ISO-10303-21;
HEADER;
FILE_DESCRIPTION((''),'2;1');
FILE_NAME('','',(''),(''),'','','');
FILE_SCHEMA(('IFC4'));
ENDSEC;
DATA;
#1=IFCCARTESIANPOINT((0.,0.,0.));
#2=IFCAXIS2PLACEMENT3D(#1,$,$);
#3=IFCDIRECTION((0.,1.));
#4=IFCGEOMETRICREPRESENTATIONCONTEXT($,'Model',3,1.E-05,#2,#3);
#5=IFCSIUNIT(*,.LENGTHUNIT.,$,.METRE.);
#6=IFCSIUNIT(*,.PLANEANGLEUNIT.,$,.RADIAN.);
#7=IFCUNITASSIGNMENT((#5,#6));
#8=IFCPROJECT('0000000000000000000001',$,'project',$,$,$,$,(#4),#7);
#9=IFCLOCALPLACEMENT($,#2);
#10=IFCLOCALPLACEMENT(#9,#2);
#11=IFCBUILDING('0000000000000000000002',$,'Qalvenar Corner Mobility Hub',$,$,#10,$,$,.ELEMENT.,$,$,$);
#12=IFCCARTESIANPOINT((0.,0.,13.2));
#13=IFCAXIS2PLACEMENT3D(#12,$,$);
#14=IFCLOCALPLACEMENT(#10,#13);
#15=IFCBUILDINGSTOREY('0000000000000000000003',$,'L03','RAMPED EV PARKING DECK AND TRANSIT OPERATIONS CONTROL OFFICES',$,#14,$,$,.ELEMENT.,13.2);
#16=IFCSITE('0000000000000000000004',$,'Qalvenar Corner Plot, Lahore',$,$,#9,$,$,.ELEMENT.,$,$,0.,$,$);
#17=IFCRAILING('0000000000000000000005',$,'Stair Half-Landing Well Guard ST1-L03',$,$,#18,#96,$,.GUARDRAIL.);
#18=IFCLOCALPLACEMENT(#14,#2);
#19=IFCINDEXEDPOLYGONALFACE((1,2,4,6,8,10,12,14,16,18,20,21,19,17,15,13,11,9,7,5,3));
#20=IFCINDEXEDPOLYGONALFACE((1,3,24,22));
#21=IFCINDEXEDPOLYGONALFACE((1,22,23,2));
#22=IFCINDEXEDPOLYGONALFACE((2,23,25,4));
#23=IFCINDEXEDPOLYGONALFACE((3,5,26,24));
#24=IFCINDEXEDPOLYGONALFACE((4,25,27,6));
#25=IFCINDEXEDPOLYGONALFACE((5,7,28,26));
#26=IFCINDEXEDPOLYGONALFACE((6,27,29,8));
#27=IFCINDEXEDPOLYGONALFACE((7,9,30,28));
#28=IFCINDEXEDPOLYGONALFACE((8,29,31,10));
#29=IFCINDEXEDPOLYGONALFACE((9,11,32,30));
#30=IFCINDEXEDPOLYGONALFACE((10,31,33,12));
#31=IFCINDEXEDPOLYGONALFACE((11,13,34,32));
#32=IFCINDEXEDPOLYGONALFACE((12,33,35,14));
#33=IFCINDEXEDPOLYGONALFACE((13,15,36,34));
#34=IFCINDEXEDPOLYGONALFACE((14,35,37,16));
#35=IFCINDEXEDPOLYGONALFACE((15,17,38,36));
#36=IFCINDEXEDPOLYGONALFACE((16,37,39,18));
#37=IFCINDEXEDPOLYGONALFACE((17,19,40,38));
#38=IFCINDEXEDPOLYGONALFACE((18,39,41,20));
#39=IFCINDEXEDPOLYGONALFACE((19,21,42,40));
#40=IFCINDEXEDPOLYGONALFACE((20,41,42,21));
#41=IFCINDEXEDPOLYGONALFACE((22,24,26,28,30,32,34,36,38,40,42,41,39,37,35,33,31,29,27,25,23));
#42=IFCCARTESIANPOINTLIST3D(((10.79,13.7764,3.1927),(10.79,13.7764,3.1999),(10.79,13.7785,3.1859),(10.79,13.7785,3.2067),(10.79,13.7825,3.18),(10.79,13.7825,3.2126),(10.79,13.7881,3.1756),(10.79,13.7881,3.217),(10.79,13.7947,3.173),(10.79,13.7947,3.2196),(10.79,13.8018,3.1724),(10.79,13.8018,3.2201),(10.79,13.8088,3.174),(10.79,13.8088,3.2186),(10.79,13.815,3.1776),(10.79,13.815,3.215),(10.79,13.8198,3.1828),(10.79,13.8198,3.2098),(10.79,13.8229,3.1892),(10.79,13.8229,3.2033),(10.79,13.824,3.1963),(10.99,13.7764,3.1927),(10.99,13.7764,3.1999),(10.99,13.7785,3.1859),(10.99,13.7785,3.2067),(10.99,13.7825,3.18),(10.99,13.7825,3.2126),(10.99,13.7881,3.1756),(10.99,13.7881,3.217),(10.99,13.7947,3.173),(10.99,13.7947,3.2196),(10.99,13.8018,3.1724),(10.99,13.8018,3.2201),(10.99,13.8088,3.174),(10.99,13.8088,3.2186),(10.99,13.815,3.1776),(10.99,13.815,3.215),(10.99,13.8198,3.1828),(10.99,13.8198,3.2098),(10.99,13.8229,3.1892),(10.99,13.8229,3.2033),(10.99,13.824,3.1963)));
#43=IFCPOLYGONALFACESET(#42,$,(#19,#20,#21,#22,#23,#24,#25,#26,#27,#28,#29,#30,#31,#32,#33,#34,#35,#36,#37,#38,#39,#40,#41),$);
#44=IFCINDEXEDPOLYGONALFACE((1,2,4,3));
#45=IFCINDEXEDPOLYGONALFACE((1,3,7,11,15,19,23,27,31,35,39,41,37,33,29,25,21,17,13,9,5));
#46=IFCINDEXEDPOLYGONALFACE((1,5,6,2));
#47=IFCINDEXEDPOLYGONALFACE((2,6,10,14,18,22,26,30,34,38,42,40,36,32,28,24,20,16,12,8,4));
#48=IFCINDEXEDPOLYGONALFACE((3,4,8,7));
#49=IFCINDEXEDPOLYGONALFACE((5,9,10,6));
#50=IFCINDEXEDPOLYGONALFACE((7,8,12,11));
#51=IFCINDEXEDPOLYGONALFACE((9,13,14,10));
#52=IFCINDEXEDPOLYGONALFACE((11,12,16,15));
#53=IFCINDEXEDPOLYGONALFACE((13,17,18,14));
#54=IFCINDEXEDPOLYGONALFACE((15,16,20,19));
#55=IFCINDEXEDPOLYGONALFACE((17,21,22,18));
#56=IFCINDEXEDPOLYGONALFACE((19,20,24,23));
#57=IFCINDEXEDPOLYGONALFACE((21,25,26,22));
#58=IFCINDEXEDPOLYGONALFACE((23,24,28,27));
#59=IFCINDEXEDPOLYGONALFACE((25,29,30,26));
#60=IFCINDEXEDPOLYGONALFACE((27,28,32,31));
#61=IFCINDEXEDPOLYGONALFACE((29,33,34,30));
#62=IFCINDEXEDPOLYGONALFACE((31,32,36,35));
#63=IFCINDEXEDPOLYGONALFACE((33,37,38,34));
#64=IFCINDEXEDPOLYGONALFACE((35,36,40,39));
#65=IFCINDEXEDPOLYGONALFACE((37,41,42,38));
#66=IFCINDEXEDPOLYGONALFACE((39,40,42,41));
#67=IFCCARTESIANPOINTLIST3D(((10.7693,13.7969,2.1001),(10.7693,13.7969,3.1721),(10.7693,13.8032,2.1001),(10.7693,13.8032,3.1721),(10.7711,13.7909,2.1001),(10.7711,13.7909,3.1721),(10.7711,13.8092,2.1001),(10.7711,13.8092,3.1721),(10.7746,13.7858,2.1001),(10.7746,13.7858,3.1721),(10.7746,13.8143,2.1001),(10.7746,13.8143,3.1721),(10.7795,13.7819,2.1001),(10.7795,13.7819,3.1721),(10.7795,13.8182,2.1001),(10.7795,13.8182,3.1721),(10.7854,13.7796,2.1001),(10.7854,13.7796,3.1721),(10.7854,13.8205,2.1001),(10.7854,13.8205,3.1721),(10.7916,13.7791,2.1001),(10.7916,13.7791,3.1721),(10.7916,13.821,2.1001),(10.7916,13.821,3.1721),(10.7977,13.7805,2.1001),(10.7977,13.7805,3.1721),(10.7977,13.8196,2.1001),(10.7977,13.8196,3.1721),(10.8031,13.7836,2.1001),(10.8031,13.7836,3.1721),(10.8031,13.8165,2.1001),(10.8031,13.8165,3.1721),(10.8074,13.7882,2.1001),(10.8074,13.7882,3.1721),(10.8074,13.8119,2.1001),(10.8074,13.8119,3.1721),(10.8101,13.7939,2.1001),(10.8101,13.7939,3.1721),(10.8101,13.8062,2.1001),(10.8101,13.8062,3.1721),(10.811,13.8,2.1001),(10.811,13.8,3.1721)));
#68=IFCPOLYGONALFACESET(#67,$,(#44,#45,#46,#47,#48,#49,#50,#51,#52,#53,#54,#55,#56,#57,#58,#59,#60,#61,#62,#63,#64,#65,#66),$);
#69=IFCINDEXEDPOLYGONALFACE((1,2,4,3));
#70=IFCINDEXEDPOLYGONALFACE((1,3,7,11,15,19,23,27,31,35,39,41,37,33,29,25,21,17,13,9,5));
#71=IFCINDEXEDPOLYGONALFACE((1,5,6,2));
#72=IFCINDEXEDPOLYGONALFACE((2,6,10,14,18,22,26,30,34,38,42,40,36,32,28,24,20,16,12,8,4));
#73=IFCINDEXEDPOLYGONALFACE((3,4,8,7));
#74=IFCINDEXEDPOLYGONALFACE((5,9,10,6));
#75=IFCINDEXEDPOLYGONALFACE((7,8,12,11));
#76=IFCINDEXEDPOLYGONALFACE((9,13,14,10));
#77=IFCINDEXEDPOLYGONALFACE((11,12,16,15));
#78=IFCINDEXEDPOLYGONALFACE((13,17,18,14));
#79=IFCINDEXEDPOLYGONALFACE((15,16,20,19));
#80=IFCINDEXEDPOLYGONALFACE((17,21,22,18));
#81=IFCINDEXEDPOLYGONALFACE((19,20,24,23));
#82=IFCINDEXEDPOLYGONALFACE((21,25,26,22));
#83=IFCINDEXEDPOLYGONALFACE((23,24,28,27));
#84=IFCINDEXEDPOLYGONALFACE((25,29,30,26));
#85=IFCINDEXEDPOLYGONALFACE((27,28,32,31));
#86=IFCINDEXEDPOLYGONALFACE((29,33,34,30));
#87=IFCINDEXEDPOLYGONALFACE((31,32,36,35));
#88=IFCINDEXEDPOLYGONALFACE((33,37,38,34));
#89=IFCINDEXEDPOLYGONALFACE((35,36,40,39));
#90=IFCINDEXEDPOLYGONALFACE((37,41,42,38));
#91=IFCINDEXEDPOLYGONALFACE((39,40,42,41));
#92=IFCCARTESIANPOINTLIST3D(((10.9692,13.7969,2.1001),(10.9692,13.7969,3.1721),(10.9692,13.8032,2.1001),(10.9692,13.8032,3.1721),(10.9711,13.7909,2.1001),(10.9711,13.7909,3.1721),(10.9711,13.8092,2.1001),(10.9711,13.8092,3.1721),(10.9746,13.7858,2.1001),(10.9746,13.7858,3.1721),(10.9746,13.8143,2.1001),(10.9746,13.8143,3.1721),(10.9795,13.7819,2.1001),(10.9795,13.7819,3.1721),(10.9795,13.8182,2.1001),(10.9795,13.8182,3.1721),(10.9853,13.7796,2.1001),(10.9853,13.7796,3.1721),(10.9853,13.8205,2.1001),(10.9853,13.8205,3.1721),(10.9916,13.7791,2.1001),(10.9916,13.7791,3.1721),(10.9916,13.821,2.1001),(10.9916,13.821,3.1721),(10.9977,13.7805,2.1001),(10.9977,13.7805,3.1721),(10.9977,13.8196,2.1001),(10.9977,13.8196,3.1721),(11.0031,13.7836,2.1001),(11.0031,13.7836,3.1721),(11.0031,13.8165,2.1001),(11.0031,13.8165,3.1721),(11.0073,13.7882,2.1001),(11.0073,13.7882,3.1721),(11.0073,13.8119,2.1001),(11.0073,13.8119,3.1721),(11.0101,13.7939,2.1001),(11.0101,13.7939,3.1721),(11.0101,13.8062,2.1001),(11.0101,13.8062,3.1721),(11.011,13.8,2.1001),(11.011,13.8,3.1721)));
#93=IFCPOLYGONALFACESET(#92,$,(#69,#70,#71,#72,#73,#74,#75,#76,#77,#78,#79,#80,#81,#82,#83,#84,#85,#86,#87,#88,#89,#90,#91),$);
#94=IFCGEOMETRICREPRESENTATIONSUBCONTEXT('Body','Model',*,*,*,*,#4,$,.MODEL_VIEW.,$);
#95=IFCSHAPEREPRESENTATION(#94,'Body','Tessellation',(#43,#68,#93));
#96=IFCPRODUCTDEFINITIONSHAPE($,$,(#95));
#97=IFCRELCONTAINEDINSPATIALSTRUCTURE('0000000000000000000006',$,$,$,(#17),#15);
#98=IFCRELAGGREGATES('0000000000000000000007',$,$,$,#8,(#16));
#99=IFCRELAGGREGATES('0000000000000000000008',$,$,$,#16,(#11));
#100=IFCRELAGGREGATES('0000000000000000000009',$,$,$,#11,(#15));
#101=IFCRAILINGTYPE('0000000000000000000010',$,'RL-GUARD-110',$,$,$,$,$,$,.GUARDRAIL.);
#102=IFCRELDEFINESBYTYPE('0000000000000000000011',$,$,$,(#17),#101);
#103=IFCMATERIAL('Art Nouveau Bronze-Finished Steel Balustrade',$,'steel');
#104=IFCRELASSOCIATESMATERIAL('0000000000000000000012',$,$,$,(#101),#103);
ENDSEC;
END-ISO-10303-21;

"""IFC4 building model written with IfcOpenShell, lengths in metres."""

from ifc_helpers import new_model, si_unit, direction, frame, origin, origin_2d, place, context, subcontext, project, spatial, circle, extrude, material, type_object, element, save


model = new_model("IFC4")

# Units and contexts
model_context = context("Model", 3, precision=1e-05, world=origin(), true_north=direction((0.0, 1.0)))
body_context = subcontext(model_context, "Body", "Model", "MODEL_VIEW")
ifc_project = project(units=[si_unit("LENGTHUNIT", "METRE"), si_unit("PLANEANGLEUNIT", "RADIAN")], contexts=[model_context])

# Site, building, storey
site_placement = place(None, origin())
site = spatial("IfcSite", under=ifc_project, at=site_placement, Name="Qalvenar Corner Plot, Lahore", CompositionType="ELEMENT", RefElevation=0.0)
building_placement = place(site_placement, origin())
building = spatial("IfcBuilding", under=site, at=building_placement, Name="Qalvenar Corner Mobility Hub", CompositionType="ELEMENT")
storey_placement = place(building_placement, frame((0.0, 0.0, 13.2)))
storey = spatial("IfcBuildingStorey", under=building, at=storey_placement, Name="L03", Description="RAMPED EV PARKING DECK AND TRANSIT OPERATIONS CONTROL OFFICES", CompositionType="ELEMENT", Elevation=13.2)

# Railing
ifc_material_1 = material(Name="Art Nouveau Bronze-Finished Steel Balustrade", Category="steel")
railing_type_1 = type_object("IfcRailingType", Name="RL-GUARD-110", PredefinedType="GUARDRAIL", material=ifc_material_1)
for number, where, name in (
    (1, (10.79, 13.8, 2.1001), "Stair Half-Landing Well Guard ST1-L03"),
):
    element("IfcRailing", number, at=place(storey_placement, frame(where)), inside=storey, type_object=railing_type_1, Name=name, PredefinedType="GUARDRAIL", context=body_context, shape_type="SweptSolid", body=[
        extrude(circle(Radius=0.0239, at=origin_2d()), frame((0.0, 0.0, 1.0962), z_axis=(1.0, 0.0, 0.0), x_axis=(0.0, 1.0, 0.0)), (0.0, 0.0, 1.0), 0.2),
        extrude(circle(Radius=0.021, at=origin_2d()), origin(), (0.0, 0.0, 1.0), 1.072),
        extrude(circle(Radius=0.021, at=origin_2d()), frame((0.2, 0.0, 0.0)), (0.0, 0.0, 1.0), 1.072),
    ])

save(model, "model.ifc")
